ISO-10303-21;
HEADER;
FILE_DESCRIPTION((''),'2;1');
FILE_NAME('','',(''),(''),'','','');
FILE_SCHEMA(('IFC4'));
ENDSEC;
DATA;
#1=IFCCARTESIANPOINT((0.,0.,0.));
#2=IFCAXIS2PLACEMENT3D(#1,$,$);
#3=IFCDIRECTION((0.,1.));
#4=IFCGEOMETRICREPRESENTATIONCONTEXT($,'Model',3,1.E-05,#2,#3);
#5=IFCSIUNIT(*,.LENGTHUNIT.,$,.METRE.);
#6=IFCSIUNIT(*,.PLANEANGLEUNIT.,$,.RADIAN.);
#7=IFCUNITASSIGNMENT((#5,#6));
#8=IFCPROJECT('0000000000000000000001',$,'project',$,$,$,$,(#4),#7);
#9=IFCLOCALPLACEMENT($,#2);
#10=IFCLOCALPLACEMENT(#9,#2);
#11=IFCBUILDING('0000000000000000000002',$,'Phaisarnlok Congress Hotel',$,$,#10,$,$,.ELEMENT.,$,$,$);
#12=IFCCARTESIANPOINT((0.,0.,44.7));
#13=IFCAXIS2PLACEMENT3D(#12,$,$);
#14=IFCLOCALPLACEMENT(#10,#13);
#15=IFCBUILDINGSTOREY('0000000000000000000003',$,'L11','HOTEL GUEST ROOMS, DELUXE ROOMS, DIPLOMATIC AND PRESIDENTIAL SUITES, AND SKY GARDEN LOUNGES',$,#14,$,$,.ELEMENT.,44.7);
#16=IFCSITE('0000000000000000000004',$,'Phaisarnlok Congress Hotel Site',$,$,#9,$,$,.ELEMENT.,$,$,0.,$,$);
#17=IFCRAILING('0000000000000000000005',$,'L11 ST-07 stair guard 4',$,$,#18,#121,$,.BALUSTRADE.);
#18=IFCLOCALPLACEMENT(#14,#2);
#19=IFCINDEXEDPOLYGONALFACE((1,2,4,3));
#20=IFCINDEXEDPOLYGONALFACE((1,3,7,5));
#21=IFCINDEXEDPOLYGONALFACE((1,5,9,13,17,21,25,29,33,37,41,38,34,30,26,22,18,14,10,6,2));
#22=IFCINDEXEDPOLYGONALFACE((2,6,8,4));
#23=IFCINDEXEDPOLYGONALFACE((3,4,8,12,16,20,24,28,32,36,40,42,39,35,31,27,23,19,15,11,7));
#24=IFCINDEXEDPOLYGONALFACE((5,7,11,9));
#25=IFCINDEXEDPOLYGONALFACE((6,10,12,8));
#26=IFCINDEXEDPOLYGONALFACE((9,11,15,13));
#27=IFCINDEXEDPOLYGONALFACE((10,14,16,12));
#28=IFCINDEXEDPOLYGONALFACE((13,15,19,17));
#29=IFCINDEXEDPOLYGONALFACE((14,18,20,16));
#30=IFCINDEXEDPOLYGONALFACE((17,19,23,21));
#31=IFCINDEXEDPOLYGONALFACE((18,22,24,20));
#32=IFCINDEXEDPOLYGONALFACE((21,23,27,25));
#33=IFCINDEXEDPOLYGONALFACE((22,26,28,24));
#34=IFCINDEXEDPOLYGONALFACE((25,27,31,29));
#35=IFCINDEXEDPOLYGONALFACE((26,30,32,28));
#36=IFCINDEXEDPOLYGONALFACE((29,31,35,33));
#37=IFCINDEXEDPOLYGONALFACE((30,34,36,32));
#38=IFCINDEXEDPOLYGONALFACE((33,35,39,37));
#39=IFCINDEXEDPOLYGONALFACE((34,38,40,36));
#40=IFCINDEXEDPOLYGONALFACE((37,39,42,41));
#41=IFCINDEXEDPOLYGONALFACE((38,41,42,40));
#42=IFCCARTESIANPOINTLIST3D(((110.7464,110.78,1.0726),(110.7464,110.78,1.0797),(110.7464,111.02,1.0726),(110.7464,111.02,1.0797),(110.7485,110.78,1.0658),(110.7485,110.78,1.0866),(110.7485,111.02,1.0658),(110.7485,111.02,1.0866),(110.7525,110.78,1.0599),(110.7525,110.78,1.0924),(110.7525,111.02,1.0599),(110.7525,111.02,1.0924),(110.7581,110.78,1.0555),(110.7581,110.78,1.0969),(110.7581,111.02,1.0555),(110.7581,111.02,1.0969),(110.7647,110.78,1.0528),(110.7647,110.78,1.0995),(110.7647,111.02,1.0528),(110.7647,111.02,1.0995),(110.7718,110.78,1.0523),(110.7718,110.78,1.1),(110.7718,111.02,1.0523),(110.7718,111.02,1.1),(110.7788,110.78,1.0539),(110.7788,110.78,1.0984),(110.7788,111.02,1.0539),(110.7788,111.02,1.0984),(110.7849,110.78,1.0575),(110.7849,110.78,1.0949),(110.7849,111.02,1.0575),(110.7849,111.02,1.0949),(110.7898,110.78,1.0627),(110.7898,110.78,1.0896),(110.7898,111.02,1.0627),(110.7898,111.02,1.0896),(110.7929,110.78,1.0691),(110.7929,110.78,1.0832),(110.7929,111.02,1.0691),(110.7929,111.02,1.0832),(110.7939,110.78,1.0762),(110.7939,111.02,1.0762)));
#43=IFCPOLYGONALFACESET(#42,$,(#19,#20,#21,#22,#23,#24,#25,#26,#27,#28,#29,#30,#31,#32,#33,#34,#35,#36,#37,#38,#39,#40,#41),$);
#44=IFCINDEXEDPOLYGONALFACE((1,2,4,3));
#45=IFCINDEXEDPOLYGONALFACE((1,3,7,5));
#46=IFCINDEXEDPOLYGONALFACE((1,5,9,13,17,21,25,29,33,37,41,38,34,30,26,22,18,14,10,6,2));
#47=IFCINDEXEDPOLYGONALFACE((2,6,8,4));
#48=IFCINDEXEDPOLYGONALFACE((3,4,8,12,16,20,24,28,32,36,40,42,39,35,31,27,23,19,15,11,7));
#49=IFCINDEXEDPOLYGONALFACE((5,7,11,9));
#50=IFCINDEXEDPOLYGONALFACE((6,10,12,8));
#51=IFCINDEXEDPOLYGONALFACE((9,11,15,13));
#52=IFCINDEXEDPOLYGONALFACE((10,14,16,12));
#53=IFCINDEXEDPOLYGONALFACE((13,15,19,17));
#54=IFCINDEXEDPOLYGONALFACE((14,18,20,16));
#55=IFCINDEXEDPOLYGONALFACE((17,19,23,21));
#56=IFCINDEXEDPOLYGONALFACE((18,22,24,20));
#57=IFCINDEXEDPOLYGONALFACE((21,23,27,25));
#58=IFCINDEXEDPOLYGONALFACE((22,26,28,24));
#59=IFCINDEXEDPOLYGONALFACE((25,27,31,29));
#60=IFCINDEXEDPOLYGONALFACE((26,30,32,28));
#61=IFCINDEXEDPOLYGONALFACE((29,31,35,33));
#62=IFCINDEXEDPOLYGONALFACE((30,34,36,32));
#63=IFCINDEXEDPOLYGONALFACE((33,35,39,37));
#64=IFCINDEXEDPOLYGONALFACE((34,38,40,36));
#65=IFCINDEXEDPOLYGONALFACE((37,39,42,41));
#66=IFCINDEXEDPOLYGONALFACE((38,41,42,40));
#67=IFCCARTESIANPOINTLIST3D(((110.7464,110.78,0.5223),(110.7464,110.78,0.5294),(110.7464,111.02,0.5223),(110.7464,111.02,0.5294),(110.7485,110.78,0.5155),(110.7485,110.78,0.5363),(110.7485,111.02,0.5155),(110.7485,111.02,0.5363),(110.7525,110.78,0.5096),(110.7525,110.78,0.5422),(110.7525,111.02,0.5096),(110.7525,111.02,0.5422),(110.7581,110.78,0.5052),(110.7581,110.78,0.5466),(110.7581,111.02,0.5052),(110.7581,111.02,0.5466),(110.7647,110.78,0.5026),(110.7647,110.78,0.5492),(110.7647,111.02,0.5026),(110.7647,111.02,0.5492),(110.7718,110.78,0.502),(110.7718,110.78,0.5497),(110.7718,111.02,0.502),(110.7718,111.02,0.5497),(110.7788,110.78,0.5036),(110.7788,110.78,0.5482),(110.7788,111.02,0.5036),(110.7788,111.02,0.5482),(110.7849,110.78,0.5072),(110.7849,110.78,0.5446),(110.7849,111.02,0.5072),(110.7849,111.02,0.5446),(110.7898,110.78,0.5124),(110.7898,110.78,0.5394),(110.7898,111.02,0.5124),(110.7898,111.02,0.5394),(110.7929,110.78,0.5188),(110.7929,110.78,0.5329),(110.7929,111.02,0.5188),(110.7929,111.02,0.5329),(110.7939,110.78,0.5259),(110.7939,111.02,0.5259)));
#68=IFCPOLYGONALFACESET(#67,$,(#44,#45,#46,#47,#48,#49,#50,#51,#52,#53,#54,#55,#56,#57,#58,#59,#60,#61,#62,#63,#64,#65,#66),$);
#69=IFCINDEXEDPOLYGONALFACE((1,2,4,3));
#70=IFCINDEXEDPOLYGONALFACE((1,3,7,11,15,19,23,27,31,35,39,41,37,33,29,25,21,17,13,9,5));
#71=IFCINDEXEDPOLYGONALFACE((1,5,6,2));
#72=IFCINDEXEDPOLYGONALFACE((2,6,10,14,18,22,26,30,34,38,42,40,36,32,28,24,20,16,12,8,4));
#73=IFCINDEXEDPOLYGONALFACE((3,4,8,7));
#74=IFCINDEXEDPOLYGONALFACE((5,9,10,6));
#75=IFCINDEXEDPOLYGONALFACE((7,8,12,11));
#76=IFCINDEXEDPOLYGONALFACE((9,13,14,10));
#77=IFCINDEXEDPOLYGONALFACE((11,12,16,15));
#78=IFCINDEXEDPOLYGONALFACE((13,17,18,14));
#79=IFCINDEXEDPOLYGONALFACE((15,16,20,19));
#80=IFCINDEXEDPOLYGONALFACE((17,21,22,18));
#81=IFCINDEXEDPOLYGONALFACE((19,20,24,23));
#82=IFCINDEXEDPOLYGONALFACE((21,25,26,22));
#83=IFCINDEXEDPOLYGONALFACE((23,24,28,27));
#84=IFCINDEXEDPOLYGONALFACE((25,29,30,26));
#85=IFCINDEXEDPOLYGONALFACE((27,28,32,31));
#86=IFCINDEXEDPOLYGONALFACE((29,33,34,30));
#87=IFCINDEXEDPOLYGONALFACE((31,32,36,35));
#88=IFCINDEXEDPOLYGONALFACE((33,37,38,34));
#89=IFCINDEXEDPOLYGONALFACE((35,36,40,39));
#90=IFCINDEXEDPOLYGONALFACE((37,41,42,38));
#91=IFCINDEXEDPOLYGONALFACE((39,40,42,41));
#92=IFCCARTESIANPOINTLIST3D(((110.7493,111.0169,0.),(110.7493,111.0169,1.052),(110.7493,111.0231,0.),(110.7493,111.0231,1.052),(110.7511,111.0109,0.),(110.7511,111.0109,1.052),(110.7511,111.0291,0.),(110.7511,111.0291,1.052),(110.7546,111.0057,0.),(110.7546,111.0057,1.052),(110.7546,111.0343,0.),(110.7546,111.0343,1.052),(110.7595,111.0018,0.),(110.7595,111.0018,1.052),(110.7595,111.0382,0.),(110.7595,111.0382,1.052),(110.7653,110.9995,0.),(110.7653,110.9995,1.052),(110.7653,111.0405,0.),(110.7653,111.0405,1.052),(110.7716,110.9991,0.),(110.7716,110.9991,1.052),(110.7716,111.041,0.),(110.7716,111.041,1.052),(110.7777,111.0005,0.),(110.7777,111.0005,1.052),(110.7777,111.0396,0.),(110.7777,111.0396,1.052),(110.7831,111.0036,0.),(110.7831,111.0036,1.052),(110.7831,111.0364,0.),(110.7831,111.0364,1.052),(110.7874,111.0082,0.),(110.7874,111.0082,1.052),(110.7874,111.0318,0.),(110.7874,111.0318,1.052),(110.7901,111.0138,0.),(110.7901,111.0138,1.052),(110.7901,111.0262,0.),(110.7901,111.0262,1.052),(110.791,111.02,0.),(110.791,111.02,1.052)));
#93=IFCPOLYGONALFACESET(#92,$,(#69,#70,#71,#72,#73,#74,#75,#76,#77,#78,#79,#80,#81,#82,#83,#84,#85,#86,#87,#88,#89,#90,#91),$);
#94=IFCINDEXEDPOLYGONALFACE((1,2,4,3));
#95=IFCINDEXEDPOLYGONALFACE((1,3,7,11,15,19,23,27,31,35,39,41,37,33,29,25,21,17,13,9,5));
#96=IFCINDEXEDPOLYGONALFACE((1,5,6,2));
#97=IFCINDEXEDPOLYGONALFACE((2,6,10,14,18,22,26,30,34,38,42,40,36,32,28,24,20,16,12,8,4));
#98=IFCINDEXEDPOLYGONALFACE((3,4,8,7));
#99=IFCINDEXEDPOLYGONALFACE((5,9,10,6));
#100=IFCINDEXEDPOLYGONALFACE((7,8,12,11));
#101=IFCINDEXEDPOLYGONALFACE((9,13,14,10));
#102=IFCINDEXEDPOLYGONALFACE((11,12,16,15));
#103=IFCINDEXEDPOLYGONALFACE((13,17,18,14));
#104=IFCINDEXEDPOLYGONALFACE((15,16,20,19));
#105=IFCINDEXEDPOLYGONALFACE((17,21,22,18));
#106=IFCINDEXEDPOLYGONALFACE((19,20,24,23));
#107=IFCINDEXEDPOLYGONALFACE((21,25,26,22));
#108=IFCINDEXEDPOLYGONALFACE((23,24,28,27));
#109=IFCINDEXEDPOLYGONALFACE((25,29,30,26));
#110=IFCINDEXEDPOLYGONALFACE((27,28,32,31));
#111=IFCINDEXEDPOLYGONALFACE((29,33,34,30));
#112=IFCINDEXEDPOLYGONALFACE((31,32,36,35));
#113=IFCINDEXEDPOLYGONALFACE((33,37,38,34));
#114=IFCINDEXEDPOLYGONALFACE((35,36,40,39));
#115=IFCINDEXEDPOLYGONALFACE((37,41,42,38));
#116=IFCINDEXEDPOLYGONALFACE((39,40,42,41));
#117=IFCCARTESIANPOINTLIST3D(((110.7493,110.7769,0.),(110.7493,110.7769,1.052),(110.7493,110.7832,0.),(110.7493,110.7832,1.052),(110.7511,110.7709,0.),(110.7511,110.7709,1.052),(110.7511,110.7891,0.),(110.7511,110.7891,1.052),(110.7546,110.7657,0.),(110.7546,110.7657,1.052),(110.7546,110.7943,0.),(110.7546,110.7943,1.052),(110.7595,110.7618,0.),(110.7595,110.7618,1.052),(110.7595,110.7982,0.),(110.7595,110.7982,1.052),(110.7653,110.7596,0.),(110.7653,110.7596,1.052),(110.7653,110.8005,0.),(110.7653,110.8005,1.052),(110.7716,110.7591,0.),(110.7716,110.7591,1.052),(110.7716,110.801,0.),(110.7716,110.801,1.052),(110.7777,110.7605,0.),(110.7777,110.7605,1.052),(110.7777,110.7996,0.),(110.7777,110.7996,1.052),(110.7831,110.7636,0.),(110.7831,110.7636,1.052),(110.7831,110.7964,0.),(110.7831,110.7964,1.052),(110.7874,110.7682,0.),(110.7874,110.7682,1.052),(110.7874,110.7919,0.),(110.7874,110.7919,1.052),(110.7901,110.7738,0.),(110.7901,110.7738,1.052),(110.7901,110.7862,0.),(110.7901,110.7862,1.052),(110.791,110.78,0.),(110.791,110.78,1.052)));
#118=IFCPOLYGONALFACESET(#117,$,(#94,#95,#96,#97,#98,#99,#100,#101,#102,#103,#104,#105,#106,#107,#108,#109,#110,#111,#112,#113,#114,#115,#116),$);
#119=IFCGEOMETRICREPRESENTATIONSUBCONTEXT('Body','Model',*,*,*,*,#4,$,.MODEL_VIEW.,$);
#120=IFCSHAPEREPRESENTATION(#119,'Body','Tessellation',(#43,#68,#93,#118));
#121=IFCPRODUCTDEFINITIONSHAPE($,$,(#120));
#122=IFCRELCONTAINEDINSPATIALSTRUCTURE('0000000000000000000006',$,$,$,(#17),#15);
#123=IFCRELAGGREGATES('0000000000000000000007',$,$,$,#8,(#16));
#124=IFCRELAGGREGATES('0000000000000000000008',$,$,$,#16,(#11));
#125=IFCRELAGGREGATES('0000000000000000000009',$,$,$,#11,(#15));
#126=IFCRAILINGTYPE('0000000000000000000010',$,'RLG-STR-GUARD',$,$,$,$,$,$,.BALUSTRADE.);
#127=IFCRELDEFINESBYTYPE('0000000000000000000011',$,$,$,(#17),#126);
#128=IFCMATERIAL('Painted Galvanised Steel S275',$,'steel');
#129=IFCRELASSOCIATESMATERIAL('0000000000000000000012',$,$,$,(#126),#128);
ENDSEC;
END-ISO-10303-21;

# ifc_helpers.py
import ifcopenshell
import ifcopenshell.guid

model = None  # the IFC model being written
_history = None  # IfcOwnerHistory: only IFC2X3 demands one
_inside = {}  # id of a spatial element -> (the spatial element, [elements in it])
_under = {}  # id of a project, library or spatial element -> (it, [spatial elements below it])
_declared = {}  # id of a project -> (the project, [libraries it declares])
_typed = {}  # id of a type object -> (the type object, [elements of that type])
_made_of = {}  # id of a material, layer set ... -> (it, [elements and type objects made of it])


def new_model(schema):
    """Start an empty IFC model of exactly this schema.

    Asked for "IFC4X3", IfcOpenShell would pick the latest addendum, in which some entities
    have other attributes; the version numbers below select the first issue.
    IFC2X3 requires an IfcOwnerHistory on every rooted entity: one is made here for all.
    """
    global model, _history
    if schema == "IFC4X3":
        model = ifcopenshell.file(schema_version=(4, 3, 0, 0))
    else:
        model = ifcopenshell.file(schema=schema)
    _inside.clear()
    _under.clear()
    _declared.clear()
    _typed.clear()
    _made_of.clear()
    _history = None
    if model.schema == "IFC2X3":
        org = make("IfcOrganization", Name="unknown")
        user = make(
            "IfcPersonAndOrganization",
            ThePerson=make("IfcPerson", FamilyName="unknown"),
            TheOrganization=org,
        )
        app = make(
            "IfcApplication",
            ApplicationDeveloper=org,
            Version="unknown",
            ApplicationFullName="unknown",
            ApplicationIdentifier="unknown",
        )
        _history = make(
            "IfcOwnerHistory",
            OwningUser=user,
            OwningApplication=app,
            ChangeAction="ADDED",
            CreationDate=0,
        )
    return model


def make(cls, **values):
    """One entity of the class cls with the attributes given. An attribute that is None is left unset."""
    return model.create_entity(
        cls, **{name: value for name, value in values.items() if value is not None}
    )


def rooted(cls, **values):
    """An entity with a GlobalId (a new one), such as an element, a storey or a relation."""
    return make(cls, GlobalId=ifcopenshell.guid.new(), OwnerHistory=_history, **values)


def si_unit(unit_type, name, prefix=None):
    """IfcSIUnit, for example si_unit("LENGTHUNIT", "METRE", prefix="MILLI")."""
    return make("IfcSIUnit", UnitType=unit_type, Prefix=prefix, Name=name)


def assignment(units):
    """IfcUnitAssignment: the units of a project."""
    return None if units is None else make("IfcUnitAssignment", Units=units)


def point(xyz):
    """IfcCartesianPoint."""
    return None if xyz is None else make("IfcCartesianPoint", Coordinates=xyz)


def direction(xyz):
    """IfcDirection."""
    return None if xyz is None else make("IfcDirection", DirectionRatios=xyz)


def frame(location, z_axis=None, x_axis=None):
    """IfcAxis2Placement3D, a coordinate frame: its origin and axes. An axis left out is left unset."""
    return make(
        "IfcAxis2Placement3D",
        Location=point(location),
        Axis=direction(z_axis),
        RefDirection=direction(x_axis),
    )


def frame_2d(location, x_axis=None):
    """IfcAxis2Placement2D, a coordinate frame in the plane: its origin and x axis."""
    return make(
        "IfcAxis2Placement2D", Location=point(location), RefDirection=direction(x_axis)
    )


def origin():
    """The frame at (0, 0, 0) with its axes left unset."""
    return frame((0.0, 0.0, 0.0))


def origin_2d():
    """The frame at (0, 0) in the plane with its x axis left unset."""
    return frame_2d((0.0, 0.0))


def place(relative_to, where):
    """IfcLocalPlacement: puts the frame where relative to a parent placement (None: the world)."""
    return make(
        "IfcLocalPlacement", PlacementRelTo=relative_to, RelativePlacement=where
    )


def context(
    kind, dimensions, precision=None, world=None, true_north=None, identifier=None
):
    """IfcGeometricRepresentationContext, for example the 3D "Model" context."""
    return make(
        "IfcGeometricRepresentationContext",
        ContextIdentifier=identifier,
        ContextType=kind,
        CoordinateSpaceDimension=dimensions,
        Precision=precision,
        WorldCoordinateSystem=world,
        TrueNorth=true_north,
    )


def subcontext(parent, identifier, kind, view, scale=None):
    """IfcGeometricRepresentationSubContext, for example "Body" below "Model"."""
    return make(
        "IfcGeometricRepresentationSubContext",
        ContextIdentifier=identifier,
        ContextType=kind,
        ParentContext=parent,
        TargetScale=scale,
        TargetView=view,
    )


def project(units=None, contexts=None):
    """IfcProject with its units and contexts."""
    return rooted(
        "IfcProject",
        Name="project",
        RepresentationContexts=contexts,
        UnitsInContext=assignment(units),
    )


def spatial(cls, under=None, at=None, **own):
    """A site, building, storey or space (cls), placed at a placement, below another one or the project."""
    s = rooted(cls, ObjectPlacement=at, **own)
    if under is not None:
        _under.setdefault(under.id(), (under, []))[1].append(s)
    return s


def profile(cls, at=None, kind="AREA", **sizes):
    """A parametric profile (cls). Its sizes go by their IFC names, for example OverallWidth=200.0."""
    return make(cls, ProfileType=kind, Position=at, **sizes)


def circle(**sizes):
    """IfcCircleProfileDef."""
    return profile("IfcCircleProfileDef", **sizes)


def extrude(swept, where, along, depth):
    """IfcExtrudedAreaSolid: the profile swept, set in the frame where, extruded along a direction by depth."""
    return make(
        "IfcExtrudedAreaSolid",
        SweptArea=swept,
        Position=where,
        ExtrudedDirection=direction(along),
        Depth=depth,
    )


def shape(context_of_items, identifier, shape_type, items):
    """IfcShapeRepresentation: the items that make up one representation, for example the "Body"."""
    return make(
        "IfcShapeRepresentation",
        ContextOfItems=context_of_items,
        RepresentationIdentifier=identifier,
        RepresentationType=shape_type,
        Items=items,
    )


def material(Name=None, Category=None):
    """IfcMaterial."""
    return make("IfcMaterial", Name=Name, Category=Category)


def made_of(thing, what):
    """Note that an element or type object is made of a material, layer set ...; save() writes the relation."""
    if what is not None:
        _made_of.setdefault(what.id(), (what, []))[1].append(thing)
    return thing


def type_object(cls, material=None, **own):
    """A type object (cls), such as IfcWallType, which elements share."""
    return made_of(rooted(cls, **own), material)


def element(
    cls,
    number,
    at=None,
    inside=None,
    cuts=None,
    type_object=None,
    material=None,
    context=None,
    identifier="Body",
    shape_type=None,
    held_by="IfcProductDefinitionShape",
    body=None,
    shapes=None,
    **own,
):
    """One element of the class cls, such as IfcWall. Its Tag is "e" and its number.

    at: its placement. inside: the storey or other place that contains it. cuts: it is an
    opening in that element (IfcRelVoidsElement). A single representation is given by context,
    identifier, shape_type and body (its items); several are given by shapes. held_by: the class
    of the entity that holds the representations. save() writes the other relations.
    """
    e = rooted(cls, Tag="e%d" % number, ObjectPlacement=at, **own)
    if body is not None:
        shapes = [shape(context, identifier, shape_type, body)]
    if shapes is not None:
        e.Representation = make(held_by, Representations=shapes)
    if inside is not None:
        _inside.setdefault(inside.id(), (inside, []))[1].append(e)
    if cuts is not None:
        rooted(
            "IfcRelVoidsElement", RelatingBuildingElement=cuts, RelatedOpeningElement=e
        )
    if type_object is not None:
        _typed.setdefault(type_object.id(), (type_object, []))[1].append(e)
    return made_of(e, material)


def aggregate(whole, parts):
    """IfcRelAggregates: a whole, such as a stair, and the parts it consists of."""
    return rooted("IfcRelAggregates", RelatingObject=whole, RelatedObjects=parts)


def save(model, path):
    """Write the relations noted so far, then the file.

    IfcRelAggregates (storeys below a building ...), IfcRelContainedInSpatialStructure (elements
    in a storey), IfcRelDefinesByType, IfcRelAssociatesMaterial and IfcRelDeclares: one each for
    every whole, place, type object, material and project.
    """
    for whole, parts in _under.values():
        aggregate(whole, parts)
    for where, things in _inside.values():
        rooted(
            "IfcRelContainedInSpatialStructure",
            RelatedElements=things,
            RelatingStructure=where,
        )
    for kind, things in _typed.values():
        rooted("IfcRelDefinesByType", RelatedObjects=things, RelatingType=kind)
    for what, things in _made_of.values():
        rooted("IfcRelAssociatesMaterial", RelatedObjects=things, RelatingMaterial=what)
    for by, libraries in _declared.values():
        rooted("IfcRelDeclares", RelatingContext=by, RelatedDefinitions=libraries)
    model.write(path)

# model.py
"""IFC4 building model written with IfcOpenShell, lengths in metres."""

from ifc_helpers import new_model, si_unit, direction, frame, origin, origin_2d, place, context, subcontext, project, spatial, circle, extrude, material, type_object, element, save


model = new_model("IFC4")

# Units and contexts
model_context = context("Model", 3, precision=1e-05, world=origin(), true_north=direction((0.0, 1.0)))
body_context = subcontext(model_context, "Body", "Model", "MODEL_VIEW")
ifc_project = project(units=[si_unit("LENGTHUNIT", "METRE"), si_unit("PLANEANGLEUNIT", "RADIAN")], contexts=[model_context])

# Site, building, storey
site_placement = place(None, origin())
site = spatial("IfcSite", under=ifc_project, at=site_placement, Name="Phaisarnlok Congress Hotel Site", CompositionType="ELEMENT", RefElevation=0.0)
building_placement = place(site_placement, origin())
building = spatial("IfcBuilding", under=site, at=building_placement, Name="Phaisarnlok Congress Hotel", CompositionType="ELEMENT")
storey_placement = place(building_placement, frame((0.0, 0.0, 44.7)))
storey = spatial("IfcBuildingStorey", under=building, at=storey_placement, Name="L11", Description="HOTEL GUEST ROOMS, DELUXE ROOMS, DIPLOMATIC AND PRESIDENTIAL SUITES, AND SKY GARDEN LOUNGES", CompositionType="ELEMENT", Elevation=44.7)

# Railing
ifc_material_1 = material(Name="Painted Galvanised Steel S275", Category="steel")
railing_type_1 = type_object("IfcRailingType", Name="RLG-STR-GUARD", PredefinedType="BALUSTRADE", material=ifc_material_1)
railing_1_placement = place(storey_placement, frame((110.77, 111.02, 0.0)))
element("IfcRailing", 1, at=railing_1_placement, inside=storey, type_object=railing_type_1, Name="L11 ST-07 stair guard 4", PredefinedType="BALUSTRADE", context=body_context, shape_type="SweptSolid", body=[
    extrude(circle(Radius=0.0239, at=origin_2d()), frame((0.0, 0.0, 1.0762), z_axis=(0.0, -1.0, 0.0), x_axis=(1.0, 0.0, 0.0)), (0.0, 0.0, 1.0), 0.24),
    extrude(circle(Radius=0.0239, at=origin_2d()), frame((0.0, 0.0, 0.5259), z_axis=(0.0, -1.0, 0.0), x_axis=(1.0, 0.0, 0.0)), (0.0, 0.0, 1.0), 0.24),
    extrude(circle(Radius=0.021, at=origin_2d()), origin(), (0.0, 0.0, 1.0), 1.052),
    extrude(circle(Radius=0.021, at=origin_2d()), frame((0.0, -0.24, 0.0)), (0.0, 0.0, 1.0), 1.052),
])

save(model, "model.ifc")
